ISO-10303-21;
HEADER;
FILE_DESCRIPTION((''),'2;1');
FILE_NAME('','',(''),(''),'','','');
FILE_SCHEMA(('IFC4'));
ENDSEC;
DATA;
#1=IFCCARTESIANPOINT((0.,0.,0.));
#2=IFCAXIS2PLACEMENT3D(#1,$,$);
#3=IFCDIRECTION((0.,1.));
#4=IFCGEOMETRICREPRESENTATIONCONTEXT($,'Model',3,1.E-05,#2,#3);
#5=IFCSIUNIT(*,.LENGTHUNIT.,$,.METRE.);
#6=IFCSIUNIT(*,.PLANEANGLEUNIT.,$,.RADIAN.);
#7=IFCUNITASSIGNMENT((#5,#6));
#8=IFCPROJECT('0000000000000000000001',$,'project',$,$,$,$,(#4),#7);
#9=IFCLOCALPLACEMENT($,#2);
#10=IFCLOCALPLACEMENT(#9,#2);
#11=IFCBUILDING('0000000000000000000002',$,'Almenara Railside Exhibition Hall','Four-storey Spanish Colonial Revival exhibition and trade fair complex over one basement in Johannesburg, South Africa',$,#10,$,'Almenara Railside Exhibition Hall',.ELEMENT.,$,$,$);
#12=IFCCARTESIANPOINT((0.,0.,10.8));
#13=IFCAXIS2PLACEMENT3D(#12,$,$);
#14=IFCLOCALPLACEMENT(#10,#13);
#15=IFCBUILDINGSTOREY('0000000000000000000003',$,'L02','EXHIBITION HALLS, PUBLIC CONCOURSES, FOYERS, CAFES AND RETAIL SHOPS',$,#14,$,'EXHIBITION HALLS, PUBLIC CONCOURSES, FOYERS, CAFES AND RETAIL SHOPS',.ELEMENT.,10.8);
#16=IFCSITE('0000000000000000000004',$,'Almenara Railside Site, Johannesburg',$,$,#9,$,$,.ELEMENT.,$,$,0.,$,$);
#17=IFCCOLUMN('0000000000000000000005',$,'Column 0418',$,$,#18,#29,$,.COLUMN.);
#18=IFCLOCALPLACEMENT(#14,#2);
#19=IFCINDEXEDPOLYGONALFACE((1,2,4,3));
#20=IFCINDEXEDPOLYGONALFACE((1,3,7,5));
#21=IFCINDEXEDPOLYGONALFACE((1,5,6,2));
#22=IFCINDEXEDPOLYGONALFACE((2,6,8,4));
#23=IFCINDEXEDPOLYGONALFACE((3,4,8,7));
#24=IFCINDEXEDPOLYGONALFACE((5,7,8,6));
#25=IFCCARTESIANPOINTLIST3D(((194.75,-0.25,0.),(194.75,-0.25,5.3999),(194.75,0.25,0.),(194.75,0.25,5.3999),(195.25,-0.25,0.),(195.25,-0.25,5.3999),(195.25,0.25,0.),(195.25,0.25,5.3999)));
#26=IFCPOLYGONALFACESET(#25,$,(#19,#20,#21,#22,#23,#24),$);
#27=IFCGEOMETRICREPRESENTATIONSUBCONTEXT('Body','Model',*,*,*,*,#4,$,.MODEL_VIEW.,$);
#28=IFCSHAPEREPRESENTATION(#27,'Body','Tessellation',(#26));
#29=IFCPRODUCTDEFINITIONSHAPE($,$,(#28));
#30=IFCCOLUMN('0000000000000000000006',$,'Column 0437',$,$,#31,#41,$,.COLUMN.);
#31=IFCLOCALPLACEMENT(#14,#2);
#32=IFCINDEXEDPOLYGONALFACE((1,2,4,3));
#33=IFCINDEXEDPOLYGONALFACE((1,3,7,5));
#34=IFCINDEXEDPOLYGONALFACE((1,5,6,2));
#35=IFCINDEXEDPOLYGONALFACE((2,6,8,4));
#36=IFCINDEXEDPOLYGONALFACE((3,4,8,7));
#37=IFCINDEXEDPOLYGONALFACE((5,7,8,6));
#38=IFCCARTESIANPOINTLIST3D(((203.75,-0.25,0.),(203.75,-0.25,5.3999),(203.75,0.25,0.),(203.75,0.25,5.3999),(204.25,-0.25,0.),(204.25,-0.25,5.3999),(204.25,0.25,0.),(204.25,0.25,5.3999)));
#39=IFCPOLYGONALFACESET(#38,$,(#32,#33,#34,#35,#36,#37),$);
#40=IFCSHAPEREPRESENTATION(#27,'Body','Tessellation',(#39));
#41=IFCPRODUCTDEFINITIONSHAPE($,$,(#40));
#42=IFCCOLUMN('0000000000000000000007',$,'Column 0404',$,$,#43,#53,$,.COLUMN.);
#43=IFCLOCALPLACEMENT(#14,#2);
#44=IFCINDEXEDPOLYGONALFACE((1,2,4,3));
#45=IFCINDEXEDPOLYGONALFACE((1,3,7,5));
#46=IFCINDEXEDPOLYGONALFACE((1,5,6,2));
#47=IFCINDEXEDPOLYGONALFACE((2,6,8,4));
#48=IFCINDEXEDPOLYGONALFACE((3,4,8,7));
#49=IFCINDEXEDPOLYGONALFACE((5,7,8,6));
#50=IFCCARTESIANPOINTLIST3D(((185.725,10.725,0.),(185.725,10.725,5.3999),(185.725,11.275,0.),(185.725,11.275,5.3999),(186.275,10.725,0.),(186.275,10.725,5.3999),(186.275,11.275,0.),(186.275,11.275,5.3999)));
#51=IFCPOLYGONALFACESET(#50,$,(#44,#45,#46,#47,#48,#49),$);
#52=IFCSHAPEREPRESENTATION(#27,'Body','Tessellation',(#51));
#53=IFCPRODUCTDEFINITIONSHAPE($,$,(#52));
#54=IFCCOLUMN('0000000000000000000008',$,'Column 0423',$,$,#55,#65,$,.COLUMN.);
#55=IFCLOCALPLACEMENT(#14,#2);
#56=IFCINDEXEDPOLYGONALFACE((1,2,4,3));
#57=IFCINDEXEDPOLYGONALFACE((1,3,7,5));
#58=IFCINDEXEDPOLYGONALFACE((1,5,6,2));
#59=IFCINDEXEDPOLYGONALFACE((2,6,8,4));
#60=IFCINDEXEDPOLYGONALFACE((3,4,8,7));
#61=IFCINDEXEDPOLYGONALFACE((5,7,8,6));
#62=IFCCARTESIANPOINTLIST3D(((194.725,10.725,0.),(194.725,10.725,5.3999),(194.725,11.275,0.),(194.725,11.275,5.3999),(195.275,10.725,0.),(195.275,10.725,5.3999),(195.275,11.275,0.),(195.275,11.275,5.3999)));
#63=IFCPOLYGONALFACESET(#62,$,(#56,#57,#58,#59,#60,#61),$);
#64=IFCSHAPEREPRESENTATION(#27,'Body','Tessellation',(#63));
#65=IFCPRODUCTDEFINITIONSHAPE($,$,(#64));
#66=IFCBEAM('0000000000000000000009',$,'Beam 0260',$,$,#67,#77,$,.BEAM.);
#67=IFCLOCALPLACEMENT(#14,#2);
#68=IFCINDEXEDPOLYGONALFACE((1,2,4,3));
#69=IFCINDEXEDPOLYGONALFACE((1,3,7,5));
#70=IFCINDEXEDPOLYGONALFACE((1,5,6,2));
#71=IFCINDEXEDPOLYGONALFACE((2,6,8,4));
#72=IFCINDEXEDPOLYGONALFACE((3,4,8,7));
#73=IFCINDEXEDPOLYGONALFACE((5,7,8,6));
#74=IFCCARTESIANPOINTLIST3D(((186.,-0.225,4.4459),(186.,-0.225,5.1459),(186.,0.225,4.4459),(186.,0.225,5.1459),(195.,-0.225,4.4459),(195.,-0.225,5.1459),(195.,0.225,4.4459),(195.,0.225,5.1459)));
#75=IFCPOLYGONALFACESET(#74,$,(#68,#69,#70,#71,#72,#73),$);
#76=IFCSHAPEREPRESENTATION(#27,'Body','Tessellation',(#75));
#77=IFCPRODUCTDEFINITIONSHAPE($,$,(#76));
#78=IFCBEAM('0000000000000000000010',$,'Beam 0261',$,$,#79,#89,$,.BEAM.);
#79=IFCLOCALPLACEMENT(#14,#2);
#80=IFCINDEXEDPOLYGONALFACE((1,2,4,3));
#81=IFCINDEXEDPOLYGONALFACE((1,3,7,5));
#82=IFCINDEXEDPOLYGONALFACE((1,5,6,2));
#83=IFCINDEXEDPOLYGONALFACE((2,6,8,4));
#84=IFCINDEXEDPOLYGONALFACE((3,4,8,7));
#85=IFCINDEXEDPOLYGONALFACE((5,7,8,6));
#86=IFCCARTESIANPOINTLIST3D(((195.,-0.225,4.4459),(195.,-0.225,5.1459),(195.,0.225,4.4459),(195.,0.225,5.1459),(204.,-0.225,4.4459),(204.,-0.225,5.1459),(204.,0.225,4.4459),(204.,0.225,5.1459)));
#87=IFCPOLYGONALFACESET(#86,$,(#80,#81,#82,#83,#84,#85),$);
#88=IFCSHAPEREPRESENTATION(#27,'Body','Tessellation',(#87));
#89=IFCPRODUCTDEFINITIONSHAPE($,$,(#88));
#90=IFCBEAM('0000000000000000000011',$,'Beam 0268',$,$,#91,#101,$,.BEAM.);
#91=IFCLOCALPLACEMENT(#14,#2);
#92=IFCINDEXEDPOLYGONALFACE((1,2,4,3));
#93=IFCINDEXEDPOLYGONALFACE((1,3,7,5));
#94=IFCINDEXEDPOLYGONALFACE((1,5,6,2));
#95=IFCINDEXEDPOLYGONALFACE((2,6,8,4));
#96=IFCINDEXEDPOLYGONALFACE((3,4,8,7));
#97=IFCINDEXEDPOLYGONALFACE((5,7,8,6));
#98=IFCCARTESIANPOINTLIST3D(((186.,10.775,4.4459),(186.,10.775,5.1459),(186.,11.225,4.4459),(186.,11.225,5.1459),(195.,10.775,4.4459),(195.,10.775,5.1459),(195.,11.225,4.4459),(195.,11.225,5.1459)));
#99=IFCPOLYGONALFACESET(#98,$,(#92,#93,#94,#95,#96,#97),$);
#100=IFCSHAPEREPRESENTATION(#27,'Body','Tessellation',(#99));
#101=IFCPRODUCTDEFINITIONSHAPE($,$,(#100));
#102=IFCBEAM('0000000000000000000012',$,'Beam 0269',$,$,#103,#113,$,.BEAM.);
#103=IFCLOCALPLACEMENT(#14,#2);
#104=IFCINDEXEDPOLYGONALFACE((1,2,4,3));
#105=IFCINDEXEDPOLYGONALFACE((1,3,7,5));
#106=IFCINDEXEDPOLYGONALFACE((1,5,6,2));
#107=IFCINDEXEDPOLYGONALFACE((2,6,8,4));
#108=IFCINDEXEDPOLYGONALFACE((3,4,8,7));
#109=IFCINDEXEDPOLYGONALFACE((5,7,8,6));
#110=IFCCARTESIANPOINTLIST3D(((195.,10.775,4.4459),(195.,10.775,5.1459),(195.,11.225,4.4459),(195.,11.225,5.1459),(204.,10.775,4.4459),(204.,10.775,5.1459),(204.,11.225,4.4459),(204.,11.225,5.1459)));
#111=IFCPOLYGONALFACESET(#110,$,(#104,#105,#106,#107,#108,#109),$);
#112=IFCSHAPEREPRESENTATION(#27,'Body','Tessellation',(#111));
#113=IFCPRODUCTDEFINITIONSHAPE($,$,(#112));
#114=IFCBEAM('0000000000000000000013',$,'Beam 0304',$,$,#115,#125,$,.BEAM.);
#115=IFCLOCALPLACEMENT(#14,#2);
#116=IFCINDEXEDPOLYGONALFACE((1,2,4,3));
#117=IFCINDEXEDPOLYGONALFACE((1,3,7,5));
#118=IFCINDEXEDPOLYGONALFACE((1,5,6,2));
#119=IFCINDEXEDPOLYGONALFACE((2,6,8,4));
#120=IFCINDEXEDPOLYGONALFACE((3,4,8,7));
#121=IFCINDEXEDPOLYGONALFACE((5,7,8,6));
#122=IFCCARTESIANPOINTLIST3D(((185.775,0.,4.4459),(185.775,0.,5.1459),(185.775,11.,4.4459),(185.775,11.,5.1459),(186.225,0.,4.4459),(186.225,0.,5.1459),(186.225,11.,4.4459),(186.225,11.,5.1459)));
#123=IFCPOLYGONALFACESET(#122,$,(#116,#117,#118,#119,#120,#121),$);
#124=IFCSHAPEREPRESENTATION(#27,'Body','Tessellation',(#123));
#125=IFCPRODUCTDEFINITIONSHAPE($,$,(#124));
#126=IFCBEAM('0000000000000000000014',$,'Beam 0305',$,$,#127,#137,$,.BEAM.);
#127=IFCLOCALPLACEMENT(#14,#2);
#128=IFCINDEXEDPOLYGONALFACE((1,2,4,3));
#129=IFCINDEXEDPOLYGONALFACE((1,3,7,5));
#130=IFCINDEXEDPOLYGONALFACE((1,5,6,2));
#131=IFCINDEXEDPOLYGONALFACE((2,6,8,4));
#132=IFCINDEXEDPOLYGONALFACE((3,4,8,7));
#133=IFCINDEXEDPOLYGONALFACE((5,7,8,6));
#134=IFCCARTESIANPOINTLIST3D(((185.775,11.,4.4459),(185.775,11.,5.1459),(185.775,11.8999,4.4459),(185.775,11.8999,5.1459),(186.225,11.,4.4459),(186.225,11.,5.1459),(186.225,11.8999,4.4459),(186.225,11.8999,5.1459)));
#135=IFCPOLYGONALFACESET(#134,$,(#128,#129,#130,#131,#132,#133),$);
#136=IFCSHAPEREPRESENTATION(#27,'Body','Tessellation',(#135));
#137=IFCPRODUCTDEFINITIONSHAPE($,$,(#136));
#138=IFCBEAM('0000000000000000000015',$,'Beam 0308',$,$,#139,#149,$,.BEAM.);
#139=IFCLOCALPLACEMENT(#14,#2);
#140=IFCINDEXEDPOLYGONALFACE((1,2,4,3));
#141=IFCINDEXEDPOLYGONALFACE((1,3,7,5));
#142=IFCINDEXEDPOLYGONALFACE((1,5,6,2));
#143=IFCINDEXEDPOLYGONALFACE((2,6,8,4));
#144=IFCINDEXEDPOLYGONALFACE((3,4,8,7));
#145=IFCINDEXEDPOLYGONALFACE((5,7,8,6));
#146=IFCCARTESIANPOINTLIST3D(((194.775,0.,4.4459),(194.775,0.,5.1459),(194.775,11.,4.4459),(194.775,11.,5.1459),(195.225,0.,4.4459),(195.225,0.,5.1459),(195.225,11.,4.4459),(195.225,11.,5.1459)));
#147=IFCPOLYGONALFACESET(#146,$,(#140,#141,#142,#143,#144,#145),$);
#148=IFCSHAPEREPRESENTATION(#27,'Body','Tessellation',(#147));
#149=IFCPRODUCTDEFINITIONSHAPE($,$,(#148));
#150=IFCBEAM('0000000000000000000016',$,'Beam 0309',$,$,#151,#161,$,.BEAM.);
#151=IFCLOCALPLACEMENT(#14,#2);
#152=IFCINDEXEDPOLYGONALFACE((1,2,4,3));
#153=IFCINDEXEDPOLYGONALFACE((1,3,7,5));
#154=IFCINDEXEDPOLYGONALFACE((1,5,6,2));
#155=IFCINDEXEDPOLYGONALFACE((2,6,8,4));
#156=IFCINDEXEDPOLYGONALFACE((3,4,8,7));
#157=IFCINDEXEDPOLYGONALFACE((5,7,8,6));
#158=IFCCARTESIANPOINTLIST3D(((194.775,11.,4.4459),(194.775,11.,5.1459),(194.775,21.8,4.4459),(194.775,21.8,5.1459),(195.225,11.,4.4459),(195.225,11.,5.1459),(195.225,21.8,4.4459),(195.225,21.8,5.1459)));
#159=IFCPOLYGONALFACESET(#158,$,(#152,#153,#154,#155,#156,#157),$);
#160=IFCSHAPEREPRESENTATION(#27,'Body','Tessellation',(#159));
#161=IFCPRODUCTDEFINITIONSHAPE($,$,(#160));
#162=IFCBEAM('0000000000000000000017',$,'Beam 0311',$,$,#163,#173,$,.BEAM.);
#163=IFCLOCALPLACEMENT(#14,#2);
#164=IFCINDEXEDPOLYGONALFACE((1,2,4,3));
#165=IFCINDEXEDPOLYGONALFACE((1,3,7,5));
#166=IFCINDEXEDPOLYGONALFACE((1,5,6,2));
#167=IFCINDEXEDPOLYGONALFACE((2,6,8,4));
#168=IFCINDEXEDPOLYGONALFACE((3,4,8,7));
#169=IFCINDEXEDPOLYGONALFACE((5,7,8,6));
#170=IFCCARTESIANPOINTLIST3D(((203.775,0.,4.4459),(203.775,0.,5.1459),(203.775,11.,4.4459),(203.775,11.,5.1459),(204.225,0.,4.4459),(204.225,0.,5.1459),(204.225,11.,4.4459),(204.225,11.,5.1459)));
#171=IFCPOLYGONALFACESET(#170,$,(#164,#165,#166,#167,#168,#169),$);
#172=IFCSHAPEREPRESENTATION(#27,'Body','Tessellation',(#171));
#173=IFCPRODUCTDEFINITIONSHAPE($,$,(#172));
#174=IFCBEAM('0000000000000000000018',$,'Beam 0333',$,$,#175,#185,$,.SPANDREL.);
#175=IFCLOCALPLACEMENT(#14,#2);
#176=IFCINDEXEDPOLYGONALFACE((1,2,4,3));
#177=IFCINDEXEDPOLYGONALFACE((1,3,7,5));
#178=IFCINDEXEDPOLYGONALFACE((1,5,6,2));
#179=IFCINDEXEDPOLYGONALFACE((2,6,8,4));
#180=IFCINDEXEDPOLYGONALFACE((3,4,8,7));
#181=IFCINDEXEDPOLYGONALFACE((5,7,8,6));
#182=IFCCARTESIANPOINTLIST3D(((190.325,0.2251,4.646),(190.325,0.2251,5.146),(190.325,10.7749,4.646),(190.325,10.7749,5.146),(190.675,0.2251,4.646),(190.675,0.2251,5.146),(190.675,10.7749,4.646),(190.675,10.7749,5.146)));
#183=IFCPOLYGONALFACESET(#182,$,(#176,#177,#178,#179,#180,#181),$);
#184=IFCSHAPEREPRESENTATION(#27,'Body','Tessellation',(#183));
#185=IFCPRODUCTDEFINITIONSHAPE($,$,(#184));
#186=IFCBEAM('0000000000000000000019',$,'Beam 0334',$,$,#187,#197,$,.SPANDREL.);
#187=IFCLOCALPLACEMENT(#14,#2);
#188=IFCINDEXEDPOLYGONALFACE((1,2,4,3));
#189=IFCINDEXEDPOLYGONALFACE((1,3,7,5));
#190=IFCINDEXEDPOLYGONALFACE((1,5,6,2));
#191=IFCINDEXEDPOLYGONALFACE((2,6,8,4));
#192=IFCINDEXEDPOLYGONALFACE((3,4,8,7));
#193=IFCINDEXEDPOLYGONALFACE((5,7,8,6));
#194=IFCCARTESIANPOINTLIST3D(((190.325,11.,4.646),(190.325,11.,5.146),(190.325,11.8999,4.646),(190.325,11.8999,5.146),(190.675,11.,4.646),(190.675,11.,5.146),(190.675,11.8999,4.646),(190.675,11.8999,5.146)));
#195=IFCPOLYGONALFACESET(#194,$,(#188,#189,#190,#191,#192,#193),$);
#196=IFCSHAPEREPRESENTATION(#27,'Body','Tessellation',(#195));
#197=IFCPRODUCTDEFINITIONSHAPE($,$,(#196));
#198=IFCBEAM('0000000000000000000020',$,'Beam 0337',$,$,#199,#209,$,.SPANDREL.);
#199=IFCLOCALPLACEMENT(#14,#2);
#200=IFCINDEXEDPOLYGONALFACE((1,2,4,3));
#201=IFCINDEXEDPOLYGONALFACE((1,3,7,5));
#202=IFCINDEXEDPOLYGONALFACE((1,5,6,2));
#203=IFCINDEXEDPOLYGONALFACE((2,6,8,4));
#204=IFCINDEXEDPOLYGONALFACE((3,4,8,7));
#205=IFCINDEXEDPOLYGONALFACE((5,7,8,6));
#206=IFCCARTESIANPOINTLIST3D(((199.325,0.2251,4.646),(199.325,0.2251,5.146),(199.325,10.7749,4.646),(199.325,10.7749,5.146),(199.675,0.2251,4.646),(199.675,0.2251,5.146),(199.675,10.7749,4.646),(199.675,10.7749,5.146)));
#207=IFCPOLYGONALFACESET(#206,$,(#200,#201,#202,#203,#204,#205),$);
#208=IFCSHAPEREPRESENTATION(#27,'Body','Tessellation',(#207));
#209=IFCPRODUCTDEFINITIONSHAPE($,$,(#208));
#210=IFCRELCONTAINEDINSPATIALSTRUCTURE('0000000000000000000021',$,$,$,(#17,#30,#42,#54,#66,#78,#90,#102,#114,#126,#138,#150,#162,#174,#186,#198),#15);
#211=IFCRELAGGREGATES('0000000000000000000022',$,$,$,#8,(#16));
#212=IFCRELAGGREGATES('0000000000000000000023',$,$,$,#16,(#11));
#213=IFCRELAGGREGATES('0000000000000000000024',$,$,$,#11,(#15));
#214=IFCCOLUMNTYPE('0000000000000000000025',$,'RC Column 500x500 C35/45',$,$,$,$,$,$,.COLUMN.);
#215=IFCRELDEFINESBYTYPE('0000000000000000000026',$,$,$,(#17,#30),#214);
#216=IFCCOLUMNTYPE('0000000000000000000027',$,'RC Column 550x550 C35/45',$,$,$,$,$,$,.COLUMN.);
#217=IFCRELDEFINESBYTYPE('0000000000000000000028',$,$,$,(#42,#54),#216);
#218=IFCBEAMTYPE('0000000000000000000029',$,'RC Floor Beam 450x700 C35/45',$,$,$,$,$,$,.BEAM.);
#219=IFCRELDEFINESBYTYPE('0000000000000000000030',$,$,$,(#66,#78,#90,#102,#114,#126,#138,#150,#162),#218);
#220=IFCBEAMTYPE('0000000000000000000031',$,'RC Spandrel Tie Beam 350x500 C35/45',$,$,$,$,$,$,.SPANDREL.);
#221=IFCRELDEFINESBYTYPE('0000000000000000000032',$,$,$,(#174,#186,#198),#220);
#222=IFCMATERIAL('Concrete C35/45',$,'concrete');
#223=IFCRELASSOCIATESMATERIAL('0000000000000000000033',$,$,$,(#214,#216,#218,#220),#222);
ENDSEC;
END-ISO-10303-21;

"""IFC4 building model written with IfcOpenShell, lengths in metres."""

from ifc_helpers import new_model, si_unit, direction, frame, origin, origin_2d, place, context, subcontext, project, spatial, rectangle, extrude, material, material_profile, profile_set, type_object, element, save


model = new_model("IFC4")

# Units and contexts
model_context = context("Model", 3, precision=1e-05, world=origin(), true_north=direction((0.0, 1.0)))
body_context = subcontext(model_context, "Body", "Model", "MODEL_VIEW")
ifc_project = project(units=[si_unit("LENGTHUNIT", "METRE"), si_unit("PLANEANGLEUNIT", "RADIAN")], contexts=[model_context])

# Site, building, storey
site_placement = place(None, origin())
site = spatial("IfcSite", under=ifc_project, at=site_placement, Name="Almenara Railside Site, Johannesburg", CompositionType="ELEMENT", RefElevation=0.0)
building_placement = place(site_placement, origin())
building = spatial("IfcBuilding", under=site, at=building_placement, Name="Almenara Railside Exhibition Hall", Description="Four-storey Spanish Colonial Revival exhibition and trade fair complex over one basement in Johannesburg, South Africa", LongName="Almenara Railside Exhibition Hall", CompositionType="ELEMENT")
storey_placement = place(building_placement, frame((0.0, 0.0, 10.8)))
storey = spatial("IfcBuildingStorey", under=building, at=storey_placement, Name="L02", Description="EXHIBITION HALLS, PUBLIC CONCOURSES, FOYERS, CAFES AND RETAIL SHOPS", LongName="EXHIBITION HALLS, PUBLIC CONCOURSES, FOYERS, CAFES AND RETAIL SHOPS", CompositionType="ELEMENT", Elevation=10.8)

# Columns
ifc_material_1 = material(Name="Concrete C35/45", Category="concrete")
ifc_material_profile_1 = material_profile(ifc_material_1, rectangle(XDim=0.5, YDim=0.5, at=origin_2d()), Name="RC 500x500")
ifc_profile_set_1 = profile_set([ifc_material_profile_1], Name="Concrete C35/45")
column_type_1 = type_object("IfcColumnType", Name="RC Column 500x500 C35/45", PredefinedType="COLUMN", material=ifc_profile_set_1)
for number, where, z_axis, x_axis, name in (
    (1, (195.0, 0.0, 0.0), (0.0, 0.0, 1.0), (1.0, 0.0, 0.0), "Column 0418"),
    (2, (204.0, 0.0, 0.0), (0.0, 0.0, 1.0), (1.0, 0.0, 0.0), "Column 0437"),
):
    element("IfcColumn", number, at=place(storey_placement, frame(where, z_axis=z_axis, x_axis=x_axis)), inside=storey, type_object=column_type_1, Name=name, PredefinedType="COLUMN", context=body_context, shape_type="SweptSolid", body=[
        extrude(rectangle(XDim=0.5, YDim=0.5, at=origin_2d()), origin(), (0.0, 0.0, 1.0), 5.3999),
    ])
ifc_material_profile_2 = material_profile(ifc_material_1, rectangle(XDim=0.55, YDim=0.55, at=origin_2d()), Name="RC 550x550")
ifc_profile_set_2 = profile_set([ifc_material_profile_2], Name="Concrete C35/45")
column_type_2 = type_object("IfcColumnType", Name="RC Column 550x550 C35/45", PredefinedType="COLUMN", material=ifc_profile_set_2)
for number, where, z_axis, x_axis, name in (
    (3, (186.0, 11.0, 0.0), (0.0, 0.0, 1.0), (1.0, 0.0, 0.0), "Column 0404"),
    (4, (195.0, 11.0, 0.0), (0.0, 0.0, 1.0), (1.0, 0.0, 0.0), "Column 0423"),
):
    element("IfcColumn", number, at=place(storey_placement, frame(where, z_axis=z_axis, x_axis=x_axis)), inside=storey, type_object=column_type_2, Name=name, PredefinedType="COLUMN", context=body_context, shape_type="SweptSolid", body=[
        extrude(rectangle(XDim=0.55, YDim=0.55, at=origin_2d()), origin(), (0.0, 0.0, 1.0), 5.3999),
    ])

# Beams
ifc_material_profile_3 = material_profile(ifc_material_1, rectangle(XDim=0.45, YDim=0.7, at=origin_2d()), Name="RC 450x700")
ifc_profile_set_3 = profile_set([ifc_material_profile_3], Name="Concrete C35/45")
beam_type_1 = type_object("IfcBeamType", Name="RC Floor Beam 450x700 C35/45", PredefinedType="BEAM", material=ifc_profile_set_3)
for number, where, z_axis, x_axis, name in (
    (5, (186.0, 0.0, 4.7959), (1.0, 0.0, 0.0), (0.0, 1.0, 0.0), "Beam 0260"),
    (6, (195.0, 0.0, 4.7959), (1.0, 0.0, 0.0), (0.0, 1.0, 0.0), "Beam 0261"),
    (7, (186.0, 11.0, 4.7959), (1.0, 0.0, 0.0), (0.0, 1.0, 0.0), "Beam 0268"),
    (8, (195.0, 11.0, 4.7959), (1.0, 0.0, 0.0), (0.0, 1.0, 0.0), "Beam 0269"),
):
    element("IfcBeam", number, at=place(storey_placement, frame(where, z_axis=z_axis, x_axis=x_axis)), inside=storey, type_object=beam_type_1, Name=name, PredefinedType="BEAM", context=body_context, shape_type="SweptSolid", body=[
        extrude(rectangle(XDim=0.45, YDim=0.7, at=origin_2d()), origin(), (0.0, 0.0, 1.0), 9.0),
    ])
beam_1_placement = place(storey_placement, frame((186.0, 0.0, 4.7959), z_axis=(0.0, 1.0, 0.0), x_axis=(-1.0, 0.0, 0.0)))
element("IfcBeam", 9, at=beam_1_placement, inside=storey, type_object=beam_type_1, Name="Beam 0304", PredefinedType="BEAM", context=body_context, shape_type="SweptSolid", body=[
    extrude(rectangle(XDim=0.45, YDim=0.7, at=origin_2d()), origin(), (0.0, 0.0, 1.0), 11.0),
])
beam_2_placement = place(storey_placement, frame((186.0, 11.0, 4.7959), z_axis=(0.0, 1.0, 0.0), x_axis=(-1.0, 0.0, 0.0)))
element("IfcBeam", 10, at=beam_2_placement, inside=storey, type_object=beam_type_1, Name="Beam 0305", PredefinedType="BEAM", context=body_context, shape_type="SweptSolid", body=[
    extrude(rectangle(XDim=0.45, YDim=0.7, at=origin_2d()), origin(), (0.0, 0.0, 1.0), 0.8999),
])
beam_3_placement = place(storey_placement, frame((195.0, 0.0, 4.7959), z_axis=(0.0, 1.0, 0.0), x_axis=(-1.0, 0.0, 0.0)))
element("IfcBeam", 11, at=beam_3_placement, inside=storey, type_object=beam_type_1, Name="Beam 0308", PredefinedType="BEAM", context=body_context, shape_type="SweptSolid", body=[
    extrude(rectangle(XDim=0.45, YDim=0.7, at=origin_2d()), origin(), (0.0, 0.0, 1.0), 11.0),
])
beam_4_placement = place(storey_placement, frame((195.0, 11.0, 4.7959), z_axis=(0.0, 1.0, 0.0), x_axis=(-1.0, 0.0, 0.0)))
element("IfcBeam", 12, at=beam_4_placement, inside=storey, type_object=beam_type_1, Name="Beam 0309", PredefinedType="BEAM", context=body_context, shape_type="SweptSolid", body=[
    extrude(rectangle(XDim=0.45, YDim=0.7, at=origin_2d()), origin(), (0.0, 0.0, 1.0), 10.8),
])
beam_5_placement = place(storey_placement, frame((204.0, 0.0, 4.7959), z_axis=(0.0, 1.0, 0.0), x_axis=(-1.0, 0.0, 0.0)))
element("IfcBeam", 13, at=beam_5_placement, inside=storey, type_object=beam_type_1, Name="Beam 0311", PredefinedType="BEAM", context=body_context, shape_type="SweptSolid", body=[
    extrude(rectangle(XDim=0.45, YDim=0.7, at=origin_2d()), origin(), (0.0, 0.0, 1.0), 11.0),
])
ifc_material_profile_4 = material_profile(ifc_material_1, rectangle(XDim=0.3501, YDim=0.5, at=origin_2d()), Name="RC 350x500")
ifc_profile_set_4 = profile_set([ifc_material_profile_4], Name="Concrete C35/45")
beam_type_2 = type_object("IfcBeamType", Name="RC Spandrel Tie Beam 350x500 C35/45", PredefinedType="SPANDREL", material=ifc_profile_set_4)
beam_6_placement = place(storey_placement, frame((190.5, 0.2251, 4.896), z_axis=(0.0, 1.0, 0.0), x_axis=(-1.0, 0.0, 0.0)))
element("IfcBeam", 14, at=beam_6_placement, inside=storey, type_object=beam_type_2, Name="Beam 0333", PredefinedType="SPANDREL", context=body_context, shape_type="SweptSolid", body=[
    extrude(rectangle(XDim=0.3501, YDim=0.5, at=origin_2d()), origin(), (0.0, 0.0, 1.0), 10.5498),
])
beam_7_placement = place(storey_placement, frame((190.5, 11.0, 4.896), z_axis=(0.0, 1.0, 0.0), x_axis=(-1.0, 0.0, 0.0)))
element("IfcBeam", 15, at=beam_7_placement, inside=storey, type_object=beam_type_2, Name="Beam 0334", PredefinedType="SPANDREL", context=body_context, shape_type="SweptSolid", body=[
    extrude(rectangle(XDim=0.3501, YDim=0.5, at=origin_2d()), origin(), (0.0, 0.0, 1.0), 0.8999),
])
beam_8_placement = place(storey_placement, frame((199.5, 0.2251, 4.896), z_axis=(0.0, 1.0, 0.0), x_axis=(-1.0, 0.0, 0.0)))
element("IfcBeam", 16, at=beam_8_placement, inside=storey, type_object=beam_type_2, Name="Beam 0337", PredefinedType="SPANDREL", context=body_context, shape_type="SweptSolid", body=[
    extrude(rectangle(XDim=0.3501, YDim=0.5, at=origin_2d()), origin(), (0.0, 0.0, 1.0), 10.5498),
])

save(model, "model.ifc")
